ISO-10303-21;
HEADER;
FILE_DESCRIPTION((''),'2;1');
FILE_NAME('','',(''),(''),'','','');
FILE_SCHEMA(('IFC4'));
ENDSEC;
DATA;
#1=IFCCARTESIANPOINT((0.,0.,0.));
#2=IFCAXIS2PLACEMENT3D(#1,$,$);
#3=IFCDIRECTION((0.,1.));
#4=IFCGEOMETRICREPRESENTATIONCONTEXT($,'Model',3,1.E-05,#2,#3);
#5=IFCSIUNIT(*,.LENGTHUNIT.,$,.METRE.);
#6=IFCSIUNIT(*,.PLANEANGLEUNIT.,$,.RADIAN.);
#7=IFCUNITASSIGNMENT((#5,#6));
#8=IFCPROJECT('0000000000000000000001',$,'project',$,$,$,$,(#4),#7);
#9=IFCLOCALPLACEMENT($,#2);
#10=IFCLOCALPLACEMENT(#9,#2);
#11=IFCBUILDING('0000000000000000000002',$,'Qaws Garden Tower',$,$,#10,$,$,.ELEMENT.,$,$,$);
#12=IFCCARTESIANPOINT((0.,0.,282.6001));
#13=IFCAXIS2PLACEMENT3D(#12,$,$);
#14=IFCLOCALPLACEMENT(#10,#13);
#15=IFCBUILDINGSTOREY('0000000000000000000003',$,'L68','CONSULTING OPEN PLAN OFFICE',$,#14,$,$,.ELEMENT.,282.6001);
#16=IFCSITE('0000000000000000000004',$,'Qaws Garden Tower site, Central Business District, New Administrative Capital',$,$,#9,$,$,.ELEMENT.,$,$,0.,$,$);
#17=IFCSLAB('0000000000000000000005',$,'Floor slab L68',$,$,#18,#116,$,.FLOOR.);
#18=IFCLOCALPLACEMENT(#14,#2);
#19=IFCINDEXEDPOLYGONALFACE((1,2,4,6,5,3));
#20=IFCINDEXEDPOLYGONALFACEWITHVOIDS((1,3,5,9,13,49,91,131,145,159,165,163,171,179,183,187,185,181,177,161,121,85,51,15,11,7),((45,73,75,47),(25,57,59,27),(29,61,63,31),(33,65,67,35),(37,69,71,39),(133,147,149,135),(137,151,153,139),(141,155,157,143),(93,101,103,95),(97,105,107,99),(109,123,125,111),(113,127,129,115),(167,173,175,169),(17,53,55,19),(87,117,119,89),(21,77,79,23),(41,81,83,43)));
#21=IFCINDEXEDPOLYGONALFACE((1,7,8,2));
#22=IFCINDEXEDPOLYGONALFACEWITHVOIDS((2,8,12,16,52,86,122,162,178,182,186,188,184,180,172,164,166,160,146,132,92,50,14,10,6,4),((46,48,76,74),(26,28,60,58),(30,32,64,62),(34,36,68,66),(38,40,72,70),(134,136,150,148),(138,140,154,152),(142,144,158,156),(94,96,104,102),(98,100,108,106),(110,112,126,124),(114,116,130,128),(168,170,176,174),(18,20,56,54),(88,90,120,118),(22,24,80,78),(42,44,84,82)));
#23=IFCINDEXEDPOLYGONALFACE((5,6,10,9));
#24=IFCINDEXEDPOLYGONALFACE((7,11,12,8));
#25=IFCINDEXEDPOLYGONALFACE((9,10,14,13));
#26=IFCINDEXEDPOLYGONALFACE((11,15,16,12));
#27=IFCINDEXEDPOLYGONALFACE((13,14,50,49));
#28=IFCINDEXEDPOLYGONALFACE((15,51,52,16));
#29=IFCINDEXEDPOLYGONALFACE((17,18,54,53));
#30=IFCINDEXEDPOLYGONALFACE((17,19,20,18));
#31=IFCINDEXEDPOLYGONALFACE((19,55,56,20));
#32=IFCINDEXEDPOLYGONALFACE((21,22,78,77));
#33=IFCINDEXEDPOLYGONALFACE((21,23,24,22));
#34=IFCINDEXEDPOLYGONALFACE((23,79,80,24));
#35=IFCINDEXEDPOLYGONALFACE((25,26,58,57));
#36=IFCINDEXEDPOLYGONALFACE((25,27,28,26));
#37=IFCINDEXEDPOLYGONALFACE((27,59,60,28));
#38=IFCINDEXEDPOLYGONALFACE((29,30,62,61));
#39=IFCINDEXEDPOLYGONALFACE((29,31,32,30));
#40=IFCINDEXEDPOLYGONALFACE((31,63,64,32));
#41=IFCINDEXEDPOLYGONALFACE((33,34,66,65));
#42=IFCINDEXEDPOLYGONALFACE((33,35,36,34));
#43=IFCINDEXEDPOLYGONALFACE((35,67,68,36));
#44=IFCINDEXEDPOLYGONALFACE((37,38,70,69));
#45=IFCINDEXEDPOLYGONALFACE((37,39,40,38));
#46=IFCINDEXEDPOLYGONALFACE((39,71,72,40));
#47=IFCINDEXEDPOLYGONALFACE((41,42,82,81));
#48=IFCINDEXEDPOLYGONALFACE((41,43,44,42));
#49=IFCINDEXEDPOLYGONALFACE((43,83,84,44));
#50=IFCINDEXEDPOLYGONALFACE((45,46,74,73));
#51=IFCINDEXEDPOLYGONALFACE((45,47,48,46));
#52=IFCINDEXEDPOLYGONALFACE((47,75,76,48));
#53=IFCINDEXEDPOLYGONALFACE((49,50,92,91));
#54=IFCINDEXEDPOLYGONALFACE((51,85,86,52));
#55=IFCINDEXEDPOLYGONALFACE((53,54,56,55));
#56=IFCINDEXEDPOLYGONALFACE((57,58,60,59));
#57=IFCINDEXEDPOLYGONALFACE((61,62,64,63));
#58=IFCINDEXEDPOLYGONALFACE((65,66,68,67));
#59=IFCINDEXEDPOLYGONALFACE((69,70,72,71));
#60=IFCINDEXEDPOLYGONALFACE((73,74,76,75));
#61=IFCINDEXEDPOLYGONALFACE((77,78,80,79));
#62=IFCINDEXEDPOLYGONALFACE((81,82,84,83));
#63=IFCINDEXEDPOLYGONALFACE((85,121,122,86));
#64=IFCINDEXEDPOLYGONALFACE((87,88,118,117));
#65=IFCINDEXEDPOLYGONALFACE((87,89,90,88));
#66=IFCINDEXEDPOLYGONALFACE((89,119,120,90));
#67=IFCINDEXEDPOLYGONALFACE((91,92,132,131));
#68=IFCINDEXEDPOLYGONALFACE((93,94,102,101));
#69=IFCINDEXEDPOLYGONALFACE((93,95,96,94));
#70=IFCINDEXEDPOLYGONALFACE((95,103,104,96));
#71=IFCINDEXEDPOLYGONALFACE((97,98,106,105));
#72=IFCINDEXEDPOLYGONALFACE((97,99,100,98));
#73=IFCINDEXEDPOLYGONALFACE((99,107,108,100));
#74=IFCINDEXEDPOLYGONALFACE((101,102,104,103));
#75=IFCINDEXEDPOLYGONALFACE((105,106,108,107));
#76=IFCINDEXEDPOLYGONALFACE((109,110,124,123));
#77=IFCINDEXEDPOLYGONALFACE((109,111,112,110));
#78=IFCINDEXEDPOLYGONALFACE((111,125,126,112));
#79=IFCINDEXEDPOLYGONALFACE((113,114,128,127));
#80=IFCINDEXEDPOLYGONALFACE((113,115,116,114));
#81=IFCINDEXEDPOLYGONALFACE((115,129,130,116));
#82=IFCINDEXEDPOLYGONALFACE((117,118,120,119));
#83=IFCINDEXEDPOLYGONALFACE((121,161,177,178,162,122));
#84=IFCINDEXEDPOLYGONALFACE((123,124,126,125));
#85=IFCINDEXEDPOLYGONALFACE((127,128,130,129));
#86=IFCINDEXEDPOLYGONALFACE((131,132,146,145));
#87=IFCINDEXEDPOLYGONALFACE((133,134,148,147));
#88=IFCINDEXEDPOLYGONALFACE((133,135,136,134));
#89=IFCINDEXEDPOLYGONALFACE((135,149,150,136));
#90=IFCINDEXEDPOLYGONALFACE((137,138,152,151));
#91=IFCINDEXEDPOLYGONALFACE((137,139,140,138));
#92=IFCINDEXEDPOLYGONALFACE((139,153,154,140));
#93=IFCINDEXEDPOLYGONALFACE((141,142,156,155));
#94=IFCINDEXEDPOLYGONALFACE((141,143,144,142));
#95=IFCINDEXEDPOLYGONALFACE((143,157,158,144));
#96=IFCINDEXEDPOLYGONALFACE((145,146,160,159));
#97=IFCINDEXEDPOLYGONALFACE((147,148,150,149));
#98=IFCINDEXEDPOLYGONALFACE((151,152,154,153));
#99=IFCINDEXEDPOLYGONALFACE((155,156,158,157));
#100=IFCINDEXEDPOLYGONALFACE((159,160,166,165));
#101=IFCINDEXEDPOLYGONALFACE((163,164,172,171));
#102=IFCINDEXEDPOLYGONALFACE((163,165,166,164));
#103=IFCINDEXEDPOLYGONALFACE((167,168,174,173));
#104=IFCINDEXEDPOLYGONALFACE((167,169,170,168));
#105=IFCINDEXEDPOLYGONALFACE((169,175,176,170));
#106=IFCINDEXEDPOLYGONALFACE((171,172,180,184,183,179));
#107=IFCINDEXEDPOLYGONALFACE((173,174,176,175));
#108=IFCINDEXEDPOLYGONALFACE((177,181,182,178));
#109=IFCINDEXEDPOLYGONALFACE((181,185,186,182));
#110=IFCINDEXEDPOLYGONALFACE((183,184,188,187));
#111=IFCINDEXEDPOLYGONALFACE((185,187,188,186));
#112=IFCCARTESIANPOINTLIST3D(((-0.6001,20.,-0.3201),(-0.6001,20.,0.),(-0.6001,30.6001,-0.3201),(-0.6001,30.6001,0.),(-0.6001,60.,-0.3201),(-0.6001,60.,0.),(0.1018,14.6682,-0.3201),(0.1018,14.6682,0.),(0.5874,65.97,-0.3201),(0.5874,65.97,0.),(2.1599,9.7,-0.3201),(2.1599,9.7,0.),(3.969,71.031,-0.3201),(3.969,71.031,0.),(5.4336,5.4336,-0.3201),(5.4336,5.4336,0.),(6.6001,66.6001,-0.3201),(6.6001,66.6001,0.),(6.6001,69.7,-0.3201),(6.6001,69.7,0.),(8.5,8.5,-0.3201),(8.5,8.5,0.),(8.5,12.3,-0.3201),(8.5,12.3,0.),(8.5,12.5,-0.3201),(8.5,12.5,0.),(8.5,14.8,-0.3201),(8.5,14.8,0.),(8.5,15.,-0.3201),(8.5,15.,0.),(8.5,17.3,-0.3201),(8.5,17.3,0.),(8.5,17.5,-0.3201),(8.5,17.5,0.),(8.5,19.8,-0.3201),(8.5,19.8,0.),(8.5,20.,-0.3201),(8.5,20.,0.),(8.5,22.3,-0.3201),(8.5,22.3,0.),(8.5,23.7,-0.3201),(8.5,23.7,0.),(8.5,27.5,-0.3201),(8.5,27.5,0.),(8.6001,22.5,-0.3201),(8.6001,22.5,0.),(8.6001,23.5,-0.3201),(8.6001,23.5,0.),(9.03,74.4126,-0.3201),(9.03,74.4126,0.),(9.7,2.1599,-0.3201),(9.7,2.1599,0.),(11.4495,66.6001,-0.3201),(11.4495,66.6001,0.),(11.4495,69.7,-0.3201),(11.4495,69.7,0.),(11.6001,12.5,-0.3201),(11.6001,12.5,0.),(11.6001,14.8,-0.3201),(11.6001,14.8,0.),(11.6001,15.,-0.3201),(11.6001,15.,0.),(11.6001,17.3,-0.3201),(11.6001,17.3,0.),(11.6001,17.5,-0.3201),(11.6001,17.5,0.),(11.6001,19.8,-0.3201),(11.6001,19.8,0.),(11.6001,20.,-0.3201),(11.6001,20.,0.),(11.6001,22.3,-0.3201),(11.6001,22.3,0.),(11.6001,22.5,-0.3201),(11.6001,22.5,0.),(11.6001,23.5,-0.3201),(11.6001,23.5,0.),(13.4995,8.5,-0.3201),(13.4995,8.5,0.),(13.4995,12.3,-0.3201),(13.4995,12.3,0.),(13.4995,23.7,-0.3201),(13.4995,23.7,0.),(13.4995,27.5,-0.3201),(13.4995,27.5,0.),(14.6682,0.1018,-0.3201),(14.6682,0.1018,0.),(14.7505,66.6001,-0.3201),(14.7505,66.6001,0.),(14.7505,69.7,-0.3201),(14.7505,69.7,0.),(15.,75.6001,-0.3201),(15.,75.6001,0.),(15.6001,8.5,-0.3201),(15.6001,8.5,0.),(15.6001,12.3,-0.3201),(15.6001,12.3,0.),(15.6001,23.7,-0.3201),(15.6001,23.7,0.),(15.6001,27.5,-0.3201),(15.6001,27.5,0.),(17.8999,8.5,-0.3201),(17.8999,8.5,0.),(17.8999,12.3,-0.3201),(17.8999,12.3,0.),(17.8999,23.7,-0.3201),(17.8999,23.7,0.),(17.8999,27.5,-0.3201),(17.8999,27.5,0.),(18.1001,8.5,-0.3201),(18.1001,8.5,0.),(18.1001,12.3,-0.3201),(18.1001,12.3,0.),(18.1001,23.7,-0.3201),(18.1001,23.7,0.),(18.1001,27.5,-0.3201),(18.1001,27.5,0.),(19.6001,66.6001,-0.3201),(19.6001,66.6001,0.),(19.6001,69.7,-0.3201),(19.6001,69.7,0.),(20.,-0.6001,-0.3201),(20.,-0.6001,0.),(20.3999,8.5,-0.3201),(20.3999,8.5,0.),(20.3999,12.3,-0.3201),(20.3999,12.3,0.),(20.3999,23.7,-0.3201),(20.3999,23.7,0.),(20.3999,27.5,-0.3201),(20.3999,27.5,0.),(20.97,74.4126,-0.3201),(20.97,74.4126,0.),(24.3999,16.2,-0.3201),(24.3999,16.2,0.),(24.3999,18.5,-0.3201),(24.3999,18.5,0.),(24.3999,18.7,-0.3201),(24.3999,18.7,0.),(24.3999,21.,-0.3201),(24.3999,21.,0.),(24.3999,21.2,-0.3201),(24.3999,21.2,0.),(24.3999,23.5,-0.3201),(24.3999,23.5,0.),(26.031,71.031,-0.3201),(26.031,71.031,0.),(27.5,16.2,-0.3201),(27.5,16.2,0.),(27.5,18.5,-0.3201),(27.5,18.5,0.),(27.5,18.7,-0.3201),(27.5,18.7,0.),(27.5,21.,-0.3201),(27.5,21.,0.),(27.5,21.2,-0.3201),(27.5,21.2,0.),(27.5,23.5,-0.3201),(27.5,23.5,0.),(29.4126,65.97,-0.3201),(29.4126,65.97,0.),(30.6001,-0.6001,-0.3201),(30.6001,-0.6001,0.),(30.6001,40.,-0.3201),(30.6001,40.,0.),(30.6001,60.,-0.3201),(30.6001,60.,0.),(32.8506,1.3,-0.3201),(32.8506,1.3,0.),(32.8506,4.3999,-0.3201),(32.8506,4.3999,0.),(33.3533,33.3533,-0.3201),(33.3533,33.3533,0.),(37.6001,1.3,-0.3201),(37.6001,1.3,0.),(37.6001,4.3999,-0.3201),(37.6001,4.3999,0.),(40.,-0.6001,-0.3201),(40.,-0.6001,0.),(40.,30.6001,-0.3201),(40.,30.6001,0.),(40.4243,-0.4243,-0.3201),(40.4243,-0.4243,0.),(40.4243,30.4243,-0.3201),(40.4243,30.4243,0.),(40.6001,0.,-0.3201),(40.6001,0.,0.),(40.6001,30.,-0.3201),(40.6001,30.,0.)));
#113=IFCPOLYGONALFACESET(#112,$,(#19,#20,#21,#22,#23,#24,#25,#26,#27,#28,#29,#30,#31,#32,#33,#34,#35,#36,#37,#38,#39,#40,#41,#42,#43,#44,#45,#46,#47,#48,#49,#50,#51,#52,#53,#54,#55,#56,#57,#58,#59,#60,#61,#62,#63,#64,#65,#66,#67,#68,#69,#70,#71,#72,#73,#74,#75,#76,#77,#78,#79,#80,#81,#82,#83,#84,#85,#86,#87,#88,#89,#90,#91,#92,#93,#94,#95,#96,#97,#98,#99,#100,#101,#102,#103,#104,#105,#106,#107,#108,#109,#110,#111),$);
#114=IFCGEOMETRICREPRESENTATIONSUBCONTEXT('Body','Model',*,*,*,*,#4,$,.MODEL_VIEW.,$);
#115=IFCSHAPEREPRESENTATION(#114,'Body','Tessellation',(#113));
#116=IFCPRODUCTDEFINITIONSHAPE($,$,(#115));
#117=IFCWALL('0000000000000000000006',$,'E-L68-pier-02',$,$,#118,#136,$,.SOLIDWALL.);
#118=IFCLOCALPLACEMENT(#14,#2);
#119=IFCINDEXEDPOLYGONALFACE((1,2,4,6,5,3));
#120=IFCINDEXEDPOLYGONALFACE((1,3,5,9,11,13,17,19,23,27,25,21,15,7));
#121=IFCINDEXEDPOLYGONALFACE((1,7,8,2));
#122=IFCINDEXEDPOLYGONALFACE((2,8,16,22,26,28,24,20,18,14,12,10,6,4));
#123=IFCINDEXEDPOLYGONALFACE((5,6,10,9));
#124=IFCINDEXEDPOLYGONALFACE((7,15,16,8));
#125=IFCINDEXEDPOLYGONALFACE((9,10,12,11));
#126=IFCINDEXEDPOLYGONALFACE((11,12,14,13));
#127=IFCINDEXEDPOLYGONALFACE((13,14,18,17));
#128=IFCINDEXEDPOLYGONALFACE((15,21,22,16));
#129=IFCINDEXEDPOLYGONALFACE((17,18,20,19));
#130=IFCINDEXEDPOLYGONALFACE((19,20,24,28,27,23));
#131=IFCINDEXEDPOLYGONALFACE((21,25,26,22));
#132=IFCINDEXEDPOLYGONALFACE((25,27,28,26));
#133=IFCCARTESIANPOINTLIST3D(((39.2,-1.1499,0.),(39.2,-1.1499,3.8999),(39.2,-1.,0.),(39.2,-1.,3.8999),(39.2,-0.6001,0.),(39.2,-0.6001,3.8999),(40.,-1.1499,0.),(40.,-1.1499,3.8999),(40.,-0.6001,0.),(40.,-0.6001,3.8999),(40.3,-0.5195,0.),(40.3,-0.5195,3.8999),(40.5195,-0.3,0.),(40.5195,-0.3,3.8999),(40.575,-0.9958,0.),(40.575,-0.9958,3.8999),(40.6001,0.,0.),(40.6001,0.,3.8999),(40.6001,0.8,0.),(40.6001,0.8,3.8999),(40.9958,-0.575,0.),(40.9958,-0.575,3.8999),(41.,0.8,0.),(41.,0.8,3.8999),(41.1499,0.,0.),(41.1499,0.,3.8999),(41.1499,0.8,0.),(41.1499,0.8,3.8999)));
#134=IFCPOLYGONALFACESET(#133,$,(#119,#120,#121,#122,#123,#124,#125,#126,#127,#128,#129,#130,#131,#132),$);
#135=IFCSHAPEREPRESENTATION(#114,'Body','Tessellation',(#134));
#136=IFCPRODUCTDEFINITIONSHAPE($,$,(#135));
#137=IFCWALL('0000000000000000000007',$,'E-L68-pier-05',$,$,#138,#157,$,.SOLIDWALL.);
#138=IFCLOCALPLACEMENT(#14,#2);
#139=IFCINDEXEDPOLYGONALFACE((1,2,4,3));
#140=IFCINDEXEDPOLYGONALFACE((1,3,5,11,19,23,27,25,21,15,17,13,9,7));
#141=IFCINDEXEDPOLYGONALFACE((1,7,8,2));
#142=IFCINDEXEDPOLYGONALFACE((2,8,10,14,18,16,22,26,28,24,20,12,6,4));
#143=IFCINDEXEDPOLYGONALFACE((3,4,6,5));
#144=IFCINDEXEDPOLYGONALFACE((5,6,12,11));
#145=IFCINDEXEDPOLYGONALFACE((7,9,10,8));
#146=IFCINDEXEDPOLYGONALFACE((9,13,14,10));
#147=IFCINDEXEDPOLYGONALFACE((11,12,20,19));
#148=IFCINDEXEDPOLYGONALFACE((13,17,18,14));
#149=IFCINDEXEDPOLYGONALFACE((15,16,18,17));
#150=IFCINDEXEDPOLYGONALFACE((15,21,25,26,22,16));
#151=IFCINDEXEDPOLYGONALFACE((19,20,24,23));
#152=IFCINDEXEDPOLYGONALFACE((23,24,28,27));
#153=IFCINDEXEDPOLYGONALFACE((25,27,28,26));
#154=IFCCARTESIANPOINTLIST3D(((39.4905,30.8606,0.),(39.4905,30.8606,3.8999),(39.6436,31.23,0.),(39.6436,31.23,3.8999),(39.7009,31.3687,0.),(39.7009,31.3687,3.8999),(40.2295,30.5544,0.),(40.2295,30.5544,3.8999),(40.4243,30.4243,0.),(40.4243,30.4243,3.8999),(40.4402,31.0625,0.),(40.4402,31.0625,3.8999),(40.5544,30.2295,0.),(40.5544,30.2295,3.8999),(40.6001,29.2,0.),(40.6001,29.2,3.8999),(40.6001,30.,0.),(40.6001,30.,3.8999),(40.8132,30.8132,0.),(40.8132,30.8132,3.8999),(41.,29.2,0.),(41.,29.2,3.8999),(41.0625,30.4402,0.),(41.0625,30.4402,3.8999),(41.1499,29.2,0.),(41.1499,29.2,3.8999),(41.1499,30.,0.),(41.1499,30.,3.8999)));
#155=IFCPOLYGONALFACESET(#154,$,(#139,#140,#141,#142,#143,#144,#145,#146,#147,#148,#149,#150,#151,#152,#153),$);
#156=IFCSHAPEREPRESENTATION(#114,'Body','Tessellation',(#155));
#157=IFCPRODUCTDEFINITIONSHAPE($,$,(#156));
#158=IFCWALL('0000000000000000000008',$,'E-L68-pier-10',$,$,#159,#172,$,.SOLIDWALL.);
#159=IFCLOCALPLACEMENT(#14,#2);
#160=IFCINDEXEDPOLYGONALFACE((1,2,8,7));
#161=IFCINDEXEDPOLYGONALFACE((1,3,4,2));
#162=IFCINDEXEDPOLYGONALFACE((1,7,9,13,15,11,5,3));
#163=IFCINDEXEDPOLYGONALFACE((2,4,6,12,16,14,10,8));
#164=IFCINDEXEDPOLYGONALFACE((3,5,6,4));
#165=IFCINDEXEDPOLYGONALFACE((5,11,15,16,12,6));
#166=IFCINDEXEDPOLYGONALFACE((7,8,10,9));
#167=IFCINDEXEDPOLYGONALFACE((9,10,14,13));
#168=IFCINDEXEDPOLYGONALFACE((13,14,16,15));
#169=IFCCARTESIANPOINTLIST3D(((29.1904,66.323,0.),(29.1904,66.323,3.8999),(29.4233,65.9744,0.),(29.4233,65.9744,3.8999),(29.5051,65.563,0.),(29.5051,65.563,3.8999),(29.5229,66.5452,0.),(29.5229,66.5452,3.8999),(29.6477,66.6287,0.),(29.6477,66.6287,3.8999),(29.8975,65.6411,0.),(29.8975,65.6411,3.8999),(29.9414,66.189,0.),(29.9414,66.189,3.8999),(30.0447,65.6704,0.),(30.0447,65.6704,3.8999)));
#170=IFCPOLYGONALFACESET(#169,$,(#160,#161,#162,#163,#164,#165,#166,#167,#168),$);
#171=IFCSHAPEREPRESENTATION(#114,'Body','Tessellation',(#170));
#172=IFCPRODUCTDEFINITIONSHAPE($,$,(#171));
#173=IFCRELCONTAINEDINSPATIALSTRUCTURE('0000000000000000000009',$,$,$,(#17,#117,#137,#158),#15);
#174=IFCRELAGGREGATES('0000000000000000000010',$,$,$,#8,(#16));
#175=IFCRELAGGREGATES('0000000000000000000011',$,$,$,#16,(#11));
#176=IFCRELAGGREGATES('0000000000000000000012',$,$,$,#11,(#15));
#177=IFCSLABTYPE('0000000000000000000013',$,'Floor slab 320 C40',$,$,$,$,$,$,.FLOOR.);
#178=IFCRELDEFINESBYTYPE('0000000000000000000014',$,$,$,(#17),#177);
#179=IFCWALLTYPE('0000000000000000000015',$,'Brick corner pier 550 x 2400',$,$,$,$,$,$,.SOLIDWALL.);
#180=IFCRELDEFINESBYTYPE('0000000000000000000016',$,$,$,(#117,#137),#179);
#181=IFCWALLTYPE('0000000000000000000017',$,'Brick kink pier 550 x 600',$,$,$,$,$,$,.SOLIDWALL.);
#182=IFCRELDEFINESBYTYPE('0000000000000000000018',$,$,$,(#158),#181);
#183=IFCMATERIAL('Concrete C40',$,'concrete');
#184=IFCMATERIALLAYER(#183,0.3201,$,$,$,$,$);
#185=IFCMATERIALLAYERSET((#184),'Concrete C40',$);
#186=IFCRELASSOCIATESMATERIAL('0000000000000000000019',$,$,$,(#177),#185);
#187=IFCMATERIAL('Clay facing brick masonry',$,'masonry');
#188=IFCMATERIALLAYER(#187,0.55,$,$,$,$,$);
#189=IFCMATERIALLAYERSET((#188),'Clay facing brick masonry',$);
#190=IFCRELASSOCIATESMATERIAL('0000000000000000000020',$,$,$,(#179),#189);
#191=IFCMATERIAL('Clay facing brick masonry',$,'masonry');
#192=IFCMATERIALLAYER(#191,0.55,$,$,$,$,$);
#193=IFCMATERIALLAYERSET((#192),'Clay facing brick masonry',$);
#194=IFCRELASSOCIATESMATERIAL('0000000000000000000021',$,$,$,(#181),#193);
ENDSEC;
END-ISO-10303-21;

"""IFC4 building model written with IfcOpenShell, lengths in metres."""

from ifc_helpers import new_model, si_unit, direction, frame, origin, place, context, subcontext, project, spatial, polyline, outline, extrude, material, layer, layer_set, type_object, element, save


model = new_model("IFC4")

# Units and contexts
model_context = context("Model", 3, precision=1e-05, world=origin(), true_north=direction((0.0, 1.0)))
body_context = subcontext(model_context, "Body", "Model", "MODEL_VIEW")
ifc_project = project(units=[si_unit("LENGTHUNIT", "METRE"), si_unit("PLANEANGLEUNIT", "RADIAN")], contexts=[model_context])

# Site, building, storey
site_placement = place(None, origin())
site = spatial("IfcSite", under=ifc_project, at=site_placement, Name="Qaws Garden Tower site, Central Business District, New Administrative Capital", CompositionType="ELEMENT", RefElevation=0.0)
building_placement = place(site_placement, origin())
building = spatial("IfcBuilding", under=site, at=building_placement, Name="Qaws Garden Tower", CompositionType="ELEMENT")
storey_placement = place(building_placement, frame((0.0, 0.0, 282.6001)))
storey = spatial("IfcBuildingStorey", under=building, at=storey_placement, Name="L68", Description="CONSULTING OPEN PLAN OFFICE", CompositionType="ELEMENT", Elevation=282.6001)

# Slab
ifc_material_1 = material(Name="Concrete C40", Category="concrete")
ifc_layer_1 = layer(ifc_material_1, 0.3201)
ifc_layer_set_1 = layer_set([ifc_layer_1], Name="Concrete C40")
slab_type = type_object("IfcSlabType", Name="Floor slab 320 C40", PredefinedType="FLOOR", material=ifc_layer_set_1)
slab_placement = place(storey_placement, frame((0.0, 0.0, -0.3201)))
element("IfcSlab", 1, at=slab_placement, inside=storey, type_object=slab_type, Name="Floor slab L68", PredefinedType="FLOOR", context=body_context, shape_type="SweptSolid", body=[
    extrude(outline(polyline([(0.1018, 14.6682), (-0.6001, 20.0), (-0.6001, 30.6001), (-0.6001, 60.0), (-0.6001, 60.0), (0.5874, 65.97), (3.969, 71.031), (9.03, 74.4126), (15.0, 75.6001), (20.97, 74.4126), (26.031, 71.031), (29.4126, 65.97), (30.6001, 60.0), (30.6001, 40.0), (33.3533, 33.3533), (40.0, 30.6001), (40.4243, 30.4243), (40.6001, 30.0), (40.6001, 0.0), (40.4243, -0.4243), (40.0, -0.6001), (30.6001, -0.6001), (20.0, -0.6001), (14.6682, 0.1018), (9.7, 2.1599), (5.4336, 5.4336), (2.1599, 9.7), (0.1018, 14.6682)]), holes=[polyline([(13.4995, 12.3), (8.5, 12.3), (8.5, 8.5), (13.4995, 8.5), (13.4995, 12.3)]), polyline([(17.8999, 12.3), (15.6001, 12.3), (15.6001, 8.5), (17.8999, 8.5), (17.8999, 12.3)]), polyline([(11.6001, 14.8), (8.5, 14.8), (8.5, 12.5), (11.6001, 12.5), (11.6001, 14.8)]), polyline([(11.6001, 17.3), (8.5, 17.3), (8.5, 15.0), (11.6001, 15.0), (11.6001, 17.3)]), polyline([(11.6001, 19.8), (8.5, 19.8), (8.5, 17.5), (11.6001, 17.5), (11.6001, 19.8)]), polyline([(11.6001, 22.3), (8.5, 22.3), (8.5, 20.0), (11.6001, 20.0), (11.6001, 22.3)]), polyline([(11.6001, 23.5), (8.6001, 23.5), (8.6001, 22.5), (11.6001, 22.5), (11.6001, 23.5)]), polyline([(13.4995, 27.5), (8.5, 27.5), (8.5, 23.7), (13.4995, 23.7), (13.4995, 27.5)]), polyline([(11.4495, 69.7), (6.6001, 69.7), (6.6001, 66.6001), (11.4495, 66.6001), (11.4495, 69.7)]), polyline([(37.6001, 4.3999), (32.8506, 4.3999), (32.8506, 1.3), (37.6001, 1.3), (37.6001, 4.3999)]), polyline([(20.3999, 12.3), (18.1001, 12.3), (18.1001, 8.5), (20.3999, 8.5), (20.3999, 12.3)]), polyline([(27.5, 18.5), (24.3999, 18.5), (24.3999, 16.2), (27.5, 16.2), (27.5, 18.5)]), polyline([(27.5, 21.0), (24.3999, 21.0), (24.3999, 18.7), (27.5, 18.7), (27.5, 21.0)]), polyline([(27.5, 23.5), (24.3999, 23.5), (24.3999, 21.2), (27.5, 21.2), (27.5, 23.5)]), polyline([(17.8999, 27.5), (15.6001, 27.5), (15.6001, 23.7), (17.8999, 23.7), (17.8999, 27.5)]), polyline([(20.3999, 23.7), (20.3999, 27.5), (18.1001, 27.5), (18.1001, 23.7), (20.3999, 23.7)]), polyline([(19.6001, 66.6001), (19.6001, 69.7), (14.7505, 69.7), (14.7505, 66.6001), (19.6001, 66.6001)])]), origin(), (0.0, 0.0, 1.0), 0.3201),
])

# Walls
ifc_material_2 = material(Name="Clay facing brick masonry", Category="masonry")
ifc_layer_2 = layer(ifc_material_2, 0.55)
ifc_layer_set_2 = layer_set([ifc_layer_2], Name="Clay facing brick masonry")
wall_type_1 = type_object("IfcWallType", Name="Brick corner pier 550 x 2400", PredefinedType="SOLIDWALL", material=ifc_layer_set_2)
placement = place(storey_placement, origin())
element("IfcWall", 2, at=placement, inside=storey, type_object=wall_type_1, Name="E-L68-pier-02", PredefinedType="SOLIDWALL", context=body_context, shape_type="SweptSolid", body=[
    extrude(outline(polyline([(39.2, -1.0), (39.2, -1.1499), (40.0, -1.1499), (40.575, -0.9958), (40.9958, -0.575), (41.1499, 0.0), (41.1499, 0.8), (41.0, 0.8), (40.6001, 0.8), (40.6001, 0.0), (40.5195, -0.3), (40.3, -0.5195), (40.0, -0.6001), (39.2, -0.6001), (39.2, -1.0)])), origin(), (0.0, 0.0, 1.0), 3.8999),
])
element("IfcWall", 3, at=placement, inside=storey, type_object=wall_type_1, Name="E-L68-pier-05", PredefinedType="SOLIDWALL", context=body_context, shape_type="SweptSolid", body=[
    extrude(outline(polyline([(41.0, 29.2), (41.1499, 29.2), (41.1499, 30.0), (41.0625, 30.4402), (40.8132, 30.8132), (40.4402, 31.0625), (39.7009, 31.3687), (39.6436, 31.23), (39.4905, 30.8606), (40.2295, 30.5544), (40.4243, 30.4243), (40.5544, 30.2295), (40.6001, 30.0), (40.6001, 29.2), (41.0, 29.2)])), origin(), (0.0, 0.0, 1.0), 3.8999),
])
ifc_material_3 = material(Name="Clay facing brick masonry", Category="masonry")
ifc_layer_3 = layer(ifc_material_3, 0.55)
ifc_layer_set_3 = layer_set([ifc_layer_3], Name="Clay facing brick masonry")
wall_type_2 = type_object("IfcWallType", Name="Brick kink pier 550 x 600", PredefinedType="SOLIDWALL", material=ifc_layer_set_3)
element("IfcWall", 4, at=placement, inside=storey, type_object=wall_type_2, Name="E-L68-pier-10", PredefinedType="SOLIDWALL", context=body_context, shape_type="SweptSolid", body=[
    extrude(outline(polyline([(29.8975, 65.6411), (30.0447, 65.6704), (29.9414, 66.189), (29.6477, 66.6287), (29.5229, 66.5452), (29.1904, 66.323), (29.4233, 65.9744), (29.5051, 65.563), (29.8975, 65.6411)])), origin(), (0.0, 0.0, 1.0), 3.8999),
])

save(model, "model.ifc")
